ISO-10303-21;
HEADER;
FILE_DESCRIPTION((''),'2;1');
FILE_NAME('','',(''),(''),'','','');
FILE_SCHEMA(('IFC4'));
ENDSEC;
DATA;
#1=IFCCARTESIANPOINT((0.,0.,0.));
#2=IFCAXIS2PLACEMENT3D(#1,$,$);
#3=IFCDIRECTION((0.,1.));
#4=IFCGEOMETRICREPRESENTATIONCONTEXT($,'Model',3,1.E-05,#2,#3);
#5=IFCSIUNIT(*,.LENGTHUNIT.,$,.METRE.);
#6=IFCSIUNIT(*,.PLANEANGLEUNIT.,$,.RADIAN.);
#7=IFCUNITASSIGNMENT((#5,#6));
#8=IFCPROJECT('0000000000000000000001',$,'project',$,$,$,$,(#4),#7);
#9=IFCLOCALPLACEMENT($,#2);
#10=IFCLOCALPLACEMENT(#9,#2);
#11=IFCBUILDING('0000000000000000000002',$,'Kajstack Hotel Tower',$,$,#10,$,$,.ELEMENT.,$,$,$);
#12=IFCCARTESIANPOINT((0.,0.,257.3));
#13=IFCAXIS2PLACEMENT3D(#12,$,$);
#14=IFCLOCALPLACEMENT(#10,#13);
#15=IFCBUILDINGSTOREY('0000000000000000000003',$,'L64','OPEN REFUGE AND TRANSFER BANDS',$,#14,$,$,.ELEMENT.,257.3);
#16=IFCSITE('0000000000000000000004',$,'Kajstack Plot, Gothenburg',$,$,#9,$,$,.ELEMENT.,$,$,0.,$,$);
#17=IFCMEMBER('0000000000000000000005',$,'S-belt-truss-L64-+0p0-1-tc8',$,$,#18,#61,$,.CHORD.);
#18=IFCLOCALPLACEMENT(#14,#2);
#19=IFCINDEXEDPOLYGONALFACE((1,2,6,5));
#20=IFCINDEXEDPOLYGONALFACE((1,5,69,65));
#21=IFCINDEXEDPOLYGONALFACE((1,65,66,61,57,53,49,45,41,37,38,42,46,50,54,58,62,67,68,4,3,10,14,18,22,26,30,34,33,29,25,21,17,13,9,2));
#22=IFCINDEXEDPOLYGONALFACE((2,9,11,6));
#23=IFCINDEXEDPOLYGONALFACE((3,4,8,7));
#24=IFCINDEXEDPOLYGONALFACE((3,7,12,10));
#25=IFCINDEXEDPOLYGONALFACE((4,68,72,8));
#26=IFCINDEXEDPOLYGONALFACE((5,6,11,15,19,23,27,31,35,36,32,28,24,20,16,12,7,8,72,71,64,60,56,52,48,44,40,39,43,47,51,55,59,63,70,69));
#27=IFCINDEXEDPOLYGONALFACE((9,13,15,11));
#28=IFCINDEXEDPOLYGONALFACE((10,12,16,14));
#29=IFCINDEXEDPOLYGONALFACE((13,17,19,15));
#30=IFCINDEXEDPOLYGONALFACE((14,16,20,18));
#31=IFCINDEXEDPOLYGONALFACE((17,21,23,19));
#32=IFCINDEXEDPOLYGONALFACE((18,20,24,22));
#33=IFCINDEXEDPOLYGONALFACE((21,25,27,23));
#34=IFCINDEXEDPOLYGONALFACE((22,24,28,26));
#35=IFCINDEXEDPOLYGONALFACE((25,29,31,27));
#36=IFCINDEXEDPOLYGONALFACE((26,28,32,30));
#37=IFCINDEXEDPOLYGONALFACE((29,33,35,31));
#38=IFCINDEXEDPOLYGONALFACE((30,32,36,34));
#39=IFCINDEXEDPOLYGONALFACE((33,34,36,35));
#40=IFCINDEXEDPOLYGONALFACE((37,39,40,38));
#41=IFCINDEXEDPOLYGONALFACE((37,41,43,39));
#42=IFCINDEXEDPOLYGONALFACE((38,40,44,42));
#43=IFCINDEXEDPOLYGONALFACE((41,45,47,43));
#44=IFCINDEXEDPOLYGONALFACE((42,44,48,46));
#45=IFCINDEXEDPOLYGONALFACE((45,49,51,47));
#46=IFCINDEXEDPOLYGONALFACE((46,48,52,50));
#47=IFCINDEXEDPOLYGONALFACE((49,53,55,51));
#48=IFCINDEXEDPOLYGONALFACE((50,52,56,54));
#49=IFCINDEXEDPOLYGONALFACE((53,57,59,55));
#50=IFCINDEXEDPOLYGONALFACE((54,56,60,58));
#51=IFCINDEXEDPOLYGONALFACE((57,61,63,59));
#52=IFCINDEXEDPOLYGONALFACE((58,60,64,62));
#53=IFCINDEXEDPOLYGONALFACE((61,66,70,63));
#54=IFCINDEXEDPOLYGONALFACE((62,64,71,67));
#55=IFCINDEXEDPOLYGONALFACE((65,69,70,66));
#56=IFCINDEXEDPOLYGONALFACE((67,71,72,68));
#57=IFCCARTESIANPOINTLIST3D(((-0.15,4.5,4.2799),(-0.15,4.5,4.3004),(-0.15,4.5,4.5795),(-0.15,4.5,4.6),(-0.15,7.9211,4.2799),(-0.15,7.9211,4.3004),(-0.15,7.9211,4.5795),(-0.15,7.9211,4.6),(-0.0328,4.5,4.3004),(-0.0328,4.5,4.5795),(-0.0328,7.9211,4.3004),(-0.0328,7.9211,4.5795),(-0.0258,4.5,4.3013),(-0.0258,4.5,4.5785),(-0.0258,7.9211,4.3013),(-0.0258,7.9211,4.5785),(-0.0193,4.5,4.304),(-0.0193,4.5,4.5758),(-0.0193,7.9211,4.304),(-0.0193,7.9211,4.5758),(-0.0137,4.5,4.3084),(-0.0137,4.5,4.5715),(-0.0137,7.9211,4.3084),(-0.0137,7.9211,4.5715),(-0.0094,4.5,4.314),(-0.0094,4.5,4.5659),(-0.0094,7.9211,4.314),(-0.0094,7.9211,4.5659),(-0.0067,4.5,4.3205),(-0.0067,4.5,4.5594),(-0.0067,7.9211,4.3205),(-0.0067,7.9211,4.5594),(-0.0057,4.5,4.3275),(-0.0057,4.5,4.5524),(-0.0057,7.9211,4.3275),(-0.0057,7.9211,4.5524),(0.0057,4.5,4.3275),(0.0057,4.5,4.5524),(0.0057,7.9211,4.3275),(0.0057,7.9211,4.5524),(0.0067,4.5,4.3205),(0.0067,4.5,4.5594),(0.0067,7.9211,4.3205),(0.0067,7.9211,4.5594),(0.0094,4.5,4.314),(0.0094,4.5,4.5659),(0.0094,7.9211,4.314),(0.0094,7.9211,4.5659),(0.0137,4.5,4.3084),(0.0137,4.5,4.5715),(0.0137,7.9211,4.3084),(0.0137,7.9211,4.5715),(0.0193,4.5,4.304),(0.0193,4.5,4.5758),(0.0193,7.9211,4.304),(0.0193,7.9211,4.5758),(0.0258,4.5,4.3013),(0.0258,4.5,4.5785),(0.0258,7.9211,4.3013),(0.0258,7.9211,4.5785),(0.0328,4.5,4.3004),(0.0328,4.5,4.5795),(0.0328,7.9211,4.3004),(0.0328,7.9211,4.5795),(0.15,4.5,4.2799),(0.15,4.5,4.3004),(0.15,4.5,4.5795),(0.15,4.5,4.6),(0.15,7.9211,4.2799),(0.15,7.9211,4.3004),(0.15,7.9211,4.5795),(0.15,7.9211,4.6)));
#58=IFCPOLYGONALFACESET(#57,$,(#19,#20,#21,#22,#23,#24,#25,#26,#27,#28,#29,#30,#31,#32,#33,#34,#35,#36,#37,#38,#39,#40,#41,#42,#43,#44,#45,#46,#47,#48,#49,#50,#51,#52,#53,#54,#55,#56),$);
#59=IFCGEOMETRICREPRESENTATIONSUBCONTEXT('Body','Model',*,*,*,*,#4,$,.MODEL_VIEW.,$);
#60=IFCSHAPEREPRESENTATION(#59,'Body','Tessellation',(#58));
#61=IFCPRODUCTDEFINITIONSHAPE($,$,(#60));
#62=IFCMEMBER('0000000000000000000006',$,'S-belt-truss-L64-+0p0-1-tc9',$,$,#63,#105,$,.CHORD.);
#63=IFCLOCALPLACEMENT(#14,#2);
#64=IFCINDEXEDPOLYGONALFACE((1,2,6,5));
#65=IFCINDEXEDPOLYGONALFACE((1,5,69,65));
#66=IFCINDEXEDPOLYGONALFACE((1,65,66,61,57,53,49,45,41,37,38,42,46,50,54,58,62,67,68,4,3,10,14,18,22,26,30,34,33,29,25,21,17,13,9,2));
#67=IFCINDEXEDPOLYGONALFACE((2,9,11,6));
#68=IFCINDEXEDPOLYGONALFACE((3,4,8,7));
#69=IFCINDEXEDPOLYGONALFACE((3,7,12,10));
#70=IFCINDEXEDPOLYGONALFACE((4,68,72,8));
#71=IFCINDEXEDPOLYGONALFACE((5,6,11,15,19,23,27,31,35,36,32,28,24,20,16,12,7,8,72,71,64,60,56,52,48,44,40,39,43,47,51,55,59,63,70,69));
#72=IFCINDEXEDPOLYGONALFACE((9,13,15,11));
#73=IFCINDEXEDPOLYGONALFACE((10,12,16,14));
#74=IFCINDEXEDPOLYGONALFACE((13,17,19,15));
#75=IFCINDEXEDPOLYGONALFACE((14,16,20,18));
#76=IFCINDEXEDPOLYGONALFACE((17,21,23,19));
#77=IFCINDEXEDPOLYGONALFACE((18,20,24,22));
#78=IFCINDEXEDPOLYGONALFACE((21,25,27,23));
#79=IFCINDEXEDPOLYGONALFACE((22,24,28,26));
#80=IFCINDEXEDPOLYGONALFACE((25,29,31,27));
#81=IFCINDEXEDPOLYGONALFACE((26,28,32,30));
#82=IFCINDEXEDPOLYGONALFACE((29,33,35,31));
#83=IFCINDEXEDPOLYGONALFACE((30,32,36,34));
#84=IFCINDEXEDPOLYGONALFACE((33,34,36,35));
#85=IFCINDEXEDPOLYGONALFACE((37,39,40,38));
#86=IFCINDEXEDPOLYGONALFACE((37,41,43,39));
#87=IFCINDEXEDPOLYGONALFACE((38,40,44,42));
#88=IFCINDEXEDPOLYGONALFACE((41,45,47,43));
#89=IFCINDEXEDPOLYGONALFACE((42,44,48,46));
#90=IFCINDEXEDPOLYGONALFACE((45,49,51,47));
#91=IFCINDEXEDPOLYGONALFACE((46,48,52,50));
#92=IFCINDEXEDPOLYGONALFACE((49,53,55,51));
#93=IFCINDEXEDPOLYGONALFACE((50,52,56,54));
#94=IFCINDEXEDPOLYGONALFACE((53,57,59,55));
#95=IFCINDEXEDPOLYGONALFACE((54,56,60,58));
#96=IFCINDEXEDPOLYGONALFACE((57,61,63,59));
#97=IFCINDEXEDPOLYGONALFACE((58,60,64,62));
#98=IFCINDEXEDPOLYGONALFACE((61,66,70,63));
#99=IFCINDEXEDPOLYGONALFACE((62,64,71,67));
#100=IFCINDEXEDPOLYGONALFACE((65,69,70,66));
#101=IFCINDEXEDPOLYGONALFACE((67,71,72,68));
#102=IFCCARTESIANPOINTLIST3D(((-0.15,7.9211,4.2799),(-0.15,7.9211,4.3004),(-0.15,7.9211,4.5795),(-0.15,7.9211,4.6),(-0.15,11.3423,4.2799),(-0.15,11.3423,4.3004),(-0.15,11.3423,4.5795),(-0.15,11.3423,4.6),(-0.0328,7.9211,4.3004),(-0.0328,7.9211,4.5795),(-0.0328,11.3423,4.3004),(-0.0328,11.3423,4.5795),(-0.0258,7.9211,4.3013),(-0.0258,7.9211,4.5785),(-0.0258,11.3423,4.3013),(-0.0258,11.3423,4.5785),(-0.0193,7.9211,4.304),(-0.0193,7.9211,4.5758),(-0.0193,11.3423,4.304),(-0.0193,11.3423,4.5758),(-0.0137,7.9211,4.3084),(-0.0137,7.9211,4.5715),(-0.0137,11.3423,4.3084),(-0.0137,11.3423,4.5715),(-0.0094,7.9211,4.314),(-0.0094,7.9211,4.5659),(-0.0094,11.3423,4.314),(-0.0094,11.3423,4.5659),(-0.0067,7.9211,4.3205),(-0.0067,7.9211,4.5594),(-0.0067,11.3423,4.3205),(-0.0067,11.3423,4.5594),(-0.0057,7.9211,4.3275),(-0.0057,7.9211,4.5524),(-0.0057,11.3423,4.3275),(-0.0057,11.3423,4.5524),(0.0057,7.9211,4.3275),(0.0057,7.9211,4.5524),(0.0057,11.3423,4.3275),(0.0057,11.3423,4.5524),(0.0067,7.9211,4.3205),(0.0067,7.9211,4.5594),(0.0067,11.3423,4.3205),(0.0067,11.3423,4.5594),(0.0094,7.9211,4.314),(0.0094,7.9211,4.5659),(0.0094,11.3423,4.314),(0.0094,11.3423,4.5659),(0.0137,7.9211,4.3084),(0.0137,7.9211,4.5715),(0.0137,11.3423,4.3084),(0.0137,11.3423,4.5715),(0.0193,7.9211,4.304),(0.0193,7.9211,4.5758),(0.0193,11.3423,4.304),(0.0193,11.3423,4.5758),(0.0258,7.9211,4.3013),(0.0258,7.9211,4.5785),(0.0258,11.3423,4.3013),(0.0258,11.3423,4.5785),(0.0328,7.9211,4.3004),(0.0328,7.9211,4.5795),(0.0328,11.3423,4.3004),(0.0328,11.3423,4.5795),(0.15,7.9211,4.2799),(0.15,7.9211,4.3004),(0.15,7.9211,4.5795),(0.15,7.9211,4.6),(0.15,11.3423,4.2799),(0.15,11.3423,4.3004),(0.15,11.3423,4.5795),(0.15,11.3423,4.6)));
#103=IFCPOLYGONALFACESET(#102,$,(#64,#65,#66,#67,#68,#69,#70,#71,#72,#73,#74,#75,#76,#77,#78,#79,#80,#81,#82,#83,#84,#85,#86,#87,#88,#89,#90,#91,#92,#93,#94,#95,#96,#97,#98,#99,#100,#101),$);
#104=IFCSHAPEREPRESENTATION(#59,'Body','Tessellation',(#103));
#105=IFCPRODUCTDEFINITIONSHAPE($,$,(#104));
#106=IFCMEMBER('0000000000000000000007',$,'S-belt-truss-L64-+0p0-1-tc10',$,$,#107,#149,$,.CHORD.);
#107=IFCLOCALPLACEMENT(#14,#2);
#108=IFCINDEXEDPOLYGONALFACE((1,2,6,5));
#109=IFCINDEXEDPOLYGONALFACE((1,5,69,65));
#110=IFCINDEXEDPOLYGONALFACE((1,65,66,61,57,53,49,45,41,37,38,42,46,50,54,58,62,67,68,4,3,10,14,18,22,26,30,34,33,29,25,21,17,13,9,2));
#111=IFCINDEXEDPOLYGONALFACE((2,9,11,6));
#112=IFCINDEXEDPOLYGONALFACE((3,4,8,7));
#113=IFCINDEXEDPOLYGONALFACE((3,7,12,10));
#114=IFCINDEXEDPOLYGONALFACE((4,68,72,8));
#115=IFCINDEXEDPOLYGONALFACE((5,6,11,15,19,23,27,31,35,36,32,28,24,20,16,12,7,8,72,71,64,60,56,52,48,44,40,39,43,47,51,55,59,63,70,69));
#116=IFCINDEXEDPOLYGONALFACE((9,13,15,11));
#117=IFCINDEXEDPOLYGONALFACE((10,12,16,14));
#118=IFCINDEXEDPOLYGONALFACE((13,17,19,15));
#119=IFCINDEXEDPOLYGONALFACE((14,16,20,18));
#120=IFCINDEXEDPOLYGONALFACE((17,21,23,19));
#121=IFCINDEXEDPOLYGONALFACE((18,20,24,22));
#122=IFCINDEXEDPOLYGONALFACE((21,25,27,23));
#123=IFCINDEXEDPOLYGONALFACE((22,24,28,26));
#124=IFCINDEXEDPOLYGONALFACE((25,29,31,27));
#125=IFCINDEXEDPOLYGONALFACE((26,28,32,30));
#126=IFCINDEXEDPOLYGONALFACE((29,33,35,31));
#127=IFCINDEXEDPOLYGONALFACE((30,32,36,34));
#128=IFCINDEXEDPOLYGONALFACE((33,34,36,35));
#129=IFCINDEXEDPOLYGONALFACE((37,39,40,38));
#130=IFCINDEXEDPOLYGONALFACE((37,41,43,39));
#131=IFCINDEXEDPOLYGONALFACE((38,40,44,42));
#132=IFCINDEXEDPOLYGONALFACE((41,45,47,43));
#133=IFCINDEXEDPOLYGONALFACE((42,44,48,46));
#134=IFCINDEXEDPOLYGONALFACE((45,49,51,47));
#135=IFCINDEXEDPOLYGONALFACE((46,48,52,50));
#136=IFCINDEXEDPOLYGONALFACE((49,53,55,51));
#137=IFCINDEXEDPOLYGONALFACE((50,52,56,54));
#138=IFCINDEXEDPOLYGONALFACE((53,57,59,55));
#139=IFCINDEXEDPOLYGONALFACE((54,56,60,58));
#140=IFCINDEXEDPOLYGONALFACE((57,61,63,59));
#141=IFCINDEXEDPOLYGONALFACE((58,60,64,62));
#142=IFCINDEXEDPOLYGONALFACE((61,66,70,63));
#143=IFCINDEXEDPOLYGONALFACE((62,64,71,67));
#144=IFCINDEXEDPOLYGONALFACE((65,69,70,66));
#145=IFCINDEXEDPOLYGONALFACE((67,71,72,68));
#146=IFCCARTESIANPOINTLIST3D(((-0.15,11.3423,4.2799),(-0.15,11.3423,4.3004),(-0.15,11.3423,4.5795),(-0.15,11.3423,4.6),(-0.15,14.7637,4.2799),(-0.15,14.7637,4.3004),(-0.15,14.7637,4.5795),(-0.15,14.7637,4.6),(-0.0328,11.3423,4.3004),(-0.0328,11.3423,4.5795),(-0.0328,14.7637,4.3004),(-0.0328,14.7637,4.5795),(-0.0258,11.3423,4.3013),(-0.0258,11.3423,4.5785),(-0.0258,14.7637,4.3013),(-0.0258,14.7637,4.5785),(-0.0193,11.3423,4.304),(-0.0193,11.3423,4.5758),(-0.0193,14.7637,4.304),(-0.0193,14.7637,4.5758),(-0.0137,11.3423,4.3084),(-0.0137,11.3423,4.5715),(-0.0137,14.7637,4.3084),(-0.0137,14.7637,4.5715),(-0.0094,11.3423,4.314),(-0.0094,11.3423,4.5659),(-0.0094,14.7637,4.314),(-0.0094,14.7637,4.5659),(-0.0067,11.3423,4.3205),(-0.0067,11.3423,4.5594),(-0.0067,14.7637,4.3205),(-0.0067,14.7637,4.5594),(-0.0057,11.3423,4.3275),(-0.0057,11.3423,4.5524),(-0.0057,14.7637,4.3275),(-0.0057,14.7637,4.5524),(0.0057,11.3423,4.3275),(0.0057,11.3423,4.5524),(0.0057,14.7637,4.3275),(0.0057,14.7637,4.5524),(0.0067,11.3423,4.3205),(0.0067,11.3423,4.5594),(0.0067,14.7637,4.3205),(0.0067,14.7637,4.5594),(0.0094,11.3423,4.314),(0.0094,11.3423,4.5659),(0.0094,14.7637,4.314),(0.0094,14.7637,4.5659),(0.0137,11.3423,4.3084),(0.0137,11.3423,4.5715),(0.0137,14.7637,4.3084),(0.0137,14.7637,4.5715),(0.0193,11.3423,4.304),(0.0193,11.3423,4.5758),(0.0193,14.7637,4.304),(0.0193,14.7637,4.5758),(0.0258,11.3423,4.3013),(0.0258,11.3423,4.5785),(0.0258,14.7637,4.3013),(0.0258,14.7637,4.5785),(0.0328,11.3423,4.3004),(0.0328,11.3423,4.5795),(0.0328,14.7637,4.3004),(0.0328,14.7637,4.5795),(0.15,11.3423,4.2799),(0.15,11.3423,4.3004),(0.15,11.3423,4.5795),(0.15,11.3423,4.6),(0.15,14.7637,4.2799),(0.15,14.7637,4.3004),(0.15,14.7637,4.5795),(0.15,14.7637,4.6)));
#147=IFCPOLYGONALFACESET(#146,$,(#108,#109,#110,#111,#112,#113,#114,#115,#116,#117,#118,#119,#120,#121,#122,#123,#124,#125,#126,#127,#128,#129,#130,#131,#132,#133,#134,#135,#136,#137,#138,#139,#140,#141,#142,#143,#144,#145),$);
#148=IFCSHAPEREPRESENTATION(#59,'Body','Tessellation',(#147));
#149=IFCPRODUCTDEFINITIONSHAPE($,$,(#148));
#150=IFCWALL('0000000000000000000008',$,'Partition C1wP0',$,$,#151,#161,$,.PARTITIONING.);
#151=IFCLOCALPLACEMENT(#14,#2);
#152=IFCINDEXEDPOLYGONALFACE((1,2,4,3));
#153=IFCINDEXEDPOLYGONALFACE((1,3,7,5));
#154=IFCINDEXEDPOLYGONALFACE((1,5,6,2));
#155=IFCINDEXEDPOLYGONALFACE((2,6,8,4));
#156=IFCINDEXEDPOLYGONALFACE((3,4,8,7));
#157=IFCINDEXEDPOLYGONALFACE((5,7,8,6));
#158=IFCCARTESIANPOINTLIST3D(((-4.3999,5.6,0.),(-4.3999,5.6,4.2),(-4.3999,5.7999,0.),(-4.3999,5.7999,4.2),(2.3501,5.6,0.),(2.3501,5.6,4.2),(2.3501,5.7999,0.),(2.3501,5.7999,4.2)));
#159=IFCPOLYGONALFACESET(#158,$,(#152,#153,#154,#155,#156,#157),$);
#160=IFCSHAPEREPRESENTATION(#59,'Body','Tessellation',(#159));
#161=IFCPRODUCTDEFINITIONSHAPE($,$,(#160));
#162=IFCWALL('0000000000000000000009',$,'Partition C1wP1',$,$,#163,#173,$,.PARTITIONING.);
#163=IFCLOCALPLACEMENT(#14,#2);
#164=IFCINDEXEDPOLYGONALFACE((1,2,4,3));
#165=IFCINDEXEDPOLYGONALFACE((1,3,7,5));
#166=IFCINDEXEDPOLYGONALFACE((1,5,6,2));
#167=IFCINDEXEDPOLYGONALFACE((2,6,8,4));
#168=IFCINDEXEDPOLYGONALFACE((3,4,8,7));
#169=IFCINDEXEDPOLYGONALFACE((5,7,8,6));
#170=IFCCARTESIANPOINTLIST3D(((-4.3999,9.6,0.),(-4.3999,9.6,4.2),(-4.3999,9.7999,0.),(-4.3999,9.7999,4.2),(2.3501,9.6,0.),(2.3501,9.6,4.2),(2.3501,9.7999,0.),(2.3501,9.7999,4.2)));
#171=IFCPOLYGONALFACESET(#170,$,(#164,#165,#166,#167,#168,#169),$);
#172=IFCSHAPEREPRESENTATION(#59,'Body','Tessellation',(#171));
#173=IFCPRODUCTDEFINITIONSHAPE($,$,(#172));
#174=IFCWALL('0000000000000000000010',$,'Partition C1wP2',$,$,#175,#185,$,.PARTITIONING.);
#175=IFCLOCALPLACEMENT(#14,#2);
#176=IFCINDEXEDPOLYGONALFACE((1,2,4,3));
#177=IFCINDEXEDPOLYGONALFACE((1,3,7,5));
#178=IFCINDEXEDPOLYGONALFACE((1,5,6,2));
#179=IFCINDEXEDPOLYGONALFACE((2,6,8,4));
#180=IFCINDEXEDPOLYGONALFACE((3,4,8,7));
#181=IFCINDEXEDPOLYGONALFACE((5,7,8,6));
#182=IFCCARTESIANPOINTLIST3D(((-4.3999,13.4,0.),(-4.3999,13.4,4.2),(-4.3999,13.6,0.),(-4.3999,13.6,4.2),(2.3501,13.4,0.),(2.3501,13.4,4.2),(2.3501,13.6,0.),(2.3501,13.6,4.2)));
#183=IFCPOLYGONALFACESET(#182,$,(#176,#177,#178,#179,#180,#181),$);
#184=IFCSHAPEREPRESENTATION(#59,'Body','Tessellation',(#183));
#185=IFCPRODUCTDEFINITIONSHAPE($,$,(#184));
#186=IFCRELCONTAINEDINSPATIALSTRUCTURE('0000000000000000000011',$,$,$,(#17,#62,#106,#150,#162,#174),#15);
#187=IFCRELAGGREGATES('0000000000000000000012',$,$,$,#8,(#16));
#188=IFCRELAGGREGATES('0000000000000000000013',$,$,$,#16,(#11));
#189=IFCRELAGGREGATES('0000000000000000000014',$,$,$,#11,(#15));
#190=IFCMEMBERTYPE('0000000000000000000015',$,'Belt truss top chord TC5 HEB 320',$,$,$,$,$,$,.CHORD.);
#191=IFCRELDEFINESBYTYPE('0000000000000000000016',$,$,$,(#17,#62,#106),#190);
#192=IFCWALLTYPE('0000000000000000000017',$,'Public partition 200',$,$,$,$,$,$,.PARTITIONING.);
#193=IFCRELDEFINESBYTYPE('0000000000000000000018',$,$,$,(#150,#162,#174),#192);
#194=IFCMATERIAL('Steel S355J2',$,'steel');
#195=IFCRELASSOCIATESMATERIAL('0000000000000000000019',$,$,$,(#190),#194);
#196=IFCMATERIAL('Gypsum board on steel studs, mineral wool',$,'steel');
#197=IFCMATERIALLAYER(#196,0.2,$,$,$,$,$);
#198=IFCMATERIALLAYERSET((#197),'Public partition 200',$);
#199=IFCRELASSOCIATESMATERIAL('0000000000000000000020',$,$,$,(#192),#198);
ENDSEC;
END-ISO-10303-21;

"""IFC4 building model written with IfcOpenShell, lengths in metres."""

from ifc_helpers import new_model, si_unit, direction, frame, frame_2d, origin, origin_2d, place, context, subcontext, project, spatial, rectangle, i_section, extrude, material, layer, layer_set, material_profile, profile_set, type_object, element, save


model = new_model("IFC4")

# Units and contexts
model_context = context("Model", 3, precision=1e-05, world=origin(), true_north=direction((0.0, 1.0)))
body_context = subcontext(model_context, "Body", "Model", "MODEL_VIEW")
ifc_project = project(units=[si_unit("LENGTHUNIT", "METRE"), si_unit("PLANEANGLEUNIT", "RADIAN")], contexts=[model_context])

# Site, building, storey
site_placement = place(None, origin())
site = spatial("IfcSite", under=ifc_project, at=site_placement, Name="Kajstack Plot, Gothenburg", CompositionType="ELEMENT", RefElevation=0.0)
building_placement = place(site_placement, origin())
building = spatial("IfcBuilding", under=site, at=building_placement, Name="Kajstack Hotel Tower", CompositionType="ELEMENT")
storey_placement = place(building_placement, frame((0.0, 0.0, 257.3)))
storey = spatial("IfcBuildingStorey", under=building, at=storey_placement, Name="L64", Description="OPEN REFUGE AND TRANSFER BANDS", CompositionType="ELEMENT", Elevation=257.3)

# Members
ifc_material_1 = material(Name="Steel S355J2", Category="steel")
ifc_material_profile_1 = material_profile(ifc_material_1, i_section(OverallWidth=0.3, OverallDepth=0.3201, WebThickness=0.0115, FlangeThickness=0.0205, FilletRadius=0.0271, at=origin_2d()), Name="HEB 320")
ifc_profile_set_1 = profile_set([ifc_material_profile_1], Name="Steel S355J2")
member_type_1 = type_object("IfcMemberType", Name="Belt truss top chord TC5 HEB 320", PredefinedType="CHORD", material=ifc_profile_set_1)
for number, where, z_axis, x_axis, name in (
    (1, (0.0, 4.5, 4.4399), (0.0, 1.0, 0.0), (-1.0, 0.0, 0.0), "S-belt-truss-L64-+0p0-1-tc8"),
    (2, (0.0, 7.9211, 4.4399), (0.0, 1.0, 0.0), (-1.0, 0.0, 0.0), "S-belt-truss-L64-+0p0-1-tc9"),
):
    element("IfcMember", number, at=place(storey_placement, frame(where, z_axis=z_axis, x_axis=x_axis)), inside=storey, type_object=member_type_1, Name=name, PredefinedType="CHORD", context=body_context, shape_type="SweptSolid", body=[
        extrude(i_section(OverallWidth=0.3, OverallDepth=0.3201, WebThickness=0.0115, FlangeThickness=0.0205, FilletRadius=0.0271, at=origin_2d()), origin(), (0.0, 0.0, 1.0), 3.4211),
    ])
member_1_placement = place(storey_placement, frame((0.0, 11.3423, 4.4399), z_axis=(0.0, 1.0, 0.0), x_axis=(-1.0, 0.0, 0.0)))
element("IfcMember", 3, at=member_1_placement, inside=storey, type_object=member_type_1, Name="S-belt-truss-L64-+0p0-1-tc10", PredefinedType="CHORD", context=body_context, shape_type="SweptSolid", body=[
    extrude(i_section(OverallWidth=0.3, OverallDepth=0.3201, WebThickness=0.0115, FlangeThickness=0.0205, FilletRadius=0.0271, at=origin_2d()), origin(), (0.0, 0.0, 1.0), 3.4214),
])

# Walls
ifc_material_2 = material(Name="Gypsum board on steel studs, mineral wool", Category="steel")
ifc_layer = layer(ifc_material_2, 0.2)
ifc_layer_set = layer_set([ifc_layer], Name="Public partition 200")
wall_type = type_object("IfcWallType", Name="Public partition 200", PredefinedType="PARTITIONING", material=ifc_layer_set)
for number, where, z_axis, x_axis, name in (
    (4, (-4.3999, 5.7, 0.0), (0.0, 0.0, 1.0), (1.0, 0.0, 0.0), "Partition C1wP0"),
    (5, (-4.3999, 9.7, 0.0), (0.0, 0.0, 1.0), (1.0, 0.0, 0.0), "Partition C1wP1"),
    (6, (-4.3999, 13.5, 0.0), (0.0, 0.0, 1.0), (1.0, 0.0, 0.0), "Partition C1wP2"),
):
    element("IfcWall", number, at=place(storey_placement, frame(where, z_axis=z_axis, x_axis=x_axis)), inside=storey, type_object=wall_type, Name=name, PredefinedType="PARTITIONING", context=body_context, shape_type="SweptSolid", body=[
        extrude(rectangle(XDim=6.75, YDim=0.2, at=frame_2d((3.375, 0.0))), origin(), (0.0, 0.0, 1.0), 4.2),
    ])

save(model, "model.ifc")
